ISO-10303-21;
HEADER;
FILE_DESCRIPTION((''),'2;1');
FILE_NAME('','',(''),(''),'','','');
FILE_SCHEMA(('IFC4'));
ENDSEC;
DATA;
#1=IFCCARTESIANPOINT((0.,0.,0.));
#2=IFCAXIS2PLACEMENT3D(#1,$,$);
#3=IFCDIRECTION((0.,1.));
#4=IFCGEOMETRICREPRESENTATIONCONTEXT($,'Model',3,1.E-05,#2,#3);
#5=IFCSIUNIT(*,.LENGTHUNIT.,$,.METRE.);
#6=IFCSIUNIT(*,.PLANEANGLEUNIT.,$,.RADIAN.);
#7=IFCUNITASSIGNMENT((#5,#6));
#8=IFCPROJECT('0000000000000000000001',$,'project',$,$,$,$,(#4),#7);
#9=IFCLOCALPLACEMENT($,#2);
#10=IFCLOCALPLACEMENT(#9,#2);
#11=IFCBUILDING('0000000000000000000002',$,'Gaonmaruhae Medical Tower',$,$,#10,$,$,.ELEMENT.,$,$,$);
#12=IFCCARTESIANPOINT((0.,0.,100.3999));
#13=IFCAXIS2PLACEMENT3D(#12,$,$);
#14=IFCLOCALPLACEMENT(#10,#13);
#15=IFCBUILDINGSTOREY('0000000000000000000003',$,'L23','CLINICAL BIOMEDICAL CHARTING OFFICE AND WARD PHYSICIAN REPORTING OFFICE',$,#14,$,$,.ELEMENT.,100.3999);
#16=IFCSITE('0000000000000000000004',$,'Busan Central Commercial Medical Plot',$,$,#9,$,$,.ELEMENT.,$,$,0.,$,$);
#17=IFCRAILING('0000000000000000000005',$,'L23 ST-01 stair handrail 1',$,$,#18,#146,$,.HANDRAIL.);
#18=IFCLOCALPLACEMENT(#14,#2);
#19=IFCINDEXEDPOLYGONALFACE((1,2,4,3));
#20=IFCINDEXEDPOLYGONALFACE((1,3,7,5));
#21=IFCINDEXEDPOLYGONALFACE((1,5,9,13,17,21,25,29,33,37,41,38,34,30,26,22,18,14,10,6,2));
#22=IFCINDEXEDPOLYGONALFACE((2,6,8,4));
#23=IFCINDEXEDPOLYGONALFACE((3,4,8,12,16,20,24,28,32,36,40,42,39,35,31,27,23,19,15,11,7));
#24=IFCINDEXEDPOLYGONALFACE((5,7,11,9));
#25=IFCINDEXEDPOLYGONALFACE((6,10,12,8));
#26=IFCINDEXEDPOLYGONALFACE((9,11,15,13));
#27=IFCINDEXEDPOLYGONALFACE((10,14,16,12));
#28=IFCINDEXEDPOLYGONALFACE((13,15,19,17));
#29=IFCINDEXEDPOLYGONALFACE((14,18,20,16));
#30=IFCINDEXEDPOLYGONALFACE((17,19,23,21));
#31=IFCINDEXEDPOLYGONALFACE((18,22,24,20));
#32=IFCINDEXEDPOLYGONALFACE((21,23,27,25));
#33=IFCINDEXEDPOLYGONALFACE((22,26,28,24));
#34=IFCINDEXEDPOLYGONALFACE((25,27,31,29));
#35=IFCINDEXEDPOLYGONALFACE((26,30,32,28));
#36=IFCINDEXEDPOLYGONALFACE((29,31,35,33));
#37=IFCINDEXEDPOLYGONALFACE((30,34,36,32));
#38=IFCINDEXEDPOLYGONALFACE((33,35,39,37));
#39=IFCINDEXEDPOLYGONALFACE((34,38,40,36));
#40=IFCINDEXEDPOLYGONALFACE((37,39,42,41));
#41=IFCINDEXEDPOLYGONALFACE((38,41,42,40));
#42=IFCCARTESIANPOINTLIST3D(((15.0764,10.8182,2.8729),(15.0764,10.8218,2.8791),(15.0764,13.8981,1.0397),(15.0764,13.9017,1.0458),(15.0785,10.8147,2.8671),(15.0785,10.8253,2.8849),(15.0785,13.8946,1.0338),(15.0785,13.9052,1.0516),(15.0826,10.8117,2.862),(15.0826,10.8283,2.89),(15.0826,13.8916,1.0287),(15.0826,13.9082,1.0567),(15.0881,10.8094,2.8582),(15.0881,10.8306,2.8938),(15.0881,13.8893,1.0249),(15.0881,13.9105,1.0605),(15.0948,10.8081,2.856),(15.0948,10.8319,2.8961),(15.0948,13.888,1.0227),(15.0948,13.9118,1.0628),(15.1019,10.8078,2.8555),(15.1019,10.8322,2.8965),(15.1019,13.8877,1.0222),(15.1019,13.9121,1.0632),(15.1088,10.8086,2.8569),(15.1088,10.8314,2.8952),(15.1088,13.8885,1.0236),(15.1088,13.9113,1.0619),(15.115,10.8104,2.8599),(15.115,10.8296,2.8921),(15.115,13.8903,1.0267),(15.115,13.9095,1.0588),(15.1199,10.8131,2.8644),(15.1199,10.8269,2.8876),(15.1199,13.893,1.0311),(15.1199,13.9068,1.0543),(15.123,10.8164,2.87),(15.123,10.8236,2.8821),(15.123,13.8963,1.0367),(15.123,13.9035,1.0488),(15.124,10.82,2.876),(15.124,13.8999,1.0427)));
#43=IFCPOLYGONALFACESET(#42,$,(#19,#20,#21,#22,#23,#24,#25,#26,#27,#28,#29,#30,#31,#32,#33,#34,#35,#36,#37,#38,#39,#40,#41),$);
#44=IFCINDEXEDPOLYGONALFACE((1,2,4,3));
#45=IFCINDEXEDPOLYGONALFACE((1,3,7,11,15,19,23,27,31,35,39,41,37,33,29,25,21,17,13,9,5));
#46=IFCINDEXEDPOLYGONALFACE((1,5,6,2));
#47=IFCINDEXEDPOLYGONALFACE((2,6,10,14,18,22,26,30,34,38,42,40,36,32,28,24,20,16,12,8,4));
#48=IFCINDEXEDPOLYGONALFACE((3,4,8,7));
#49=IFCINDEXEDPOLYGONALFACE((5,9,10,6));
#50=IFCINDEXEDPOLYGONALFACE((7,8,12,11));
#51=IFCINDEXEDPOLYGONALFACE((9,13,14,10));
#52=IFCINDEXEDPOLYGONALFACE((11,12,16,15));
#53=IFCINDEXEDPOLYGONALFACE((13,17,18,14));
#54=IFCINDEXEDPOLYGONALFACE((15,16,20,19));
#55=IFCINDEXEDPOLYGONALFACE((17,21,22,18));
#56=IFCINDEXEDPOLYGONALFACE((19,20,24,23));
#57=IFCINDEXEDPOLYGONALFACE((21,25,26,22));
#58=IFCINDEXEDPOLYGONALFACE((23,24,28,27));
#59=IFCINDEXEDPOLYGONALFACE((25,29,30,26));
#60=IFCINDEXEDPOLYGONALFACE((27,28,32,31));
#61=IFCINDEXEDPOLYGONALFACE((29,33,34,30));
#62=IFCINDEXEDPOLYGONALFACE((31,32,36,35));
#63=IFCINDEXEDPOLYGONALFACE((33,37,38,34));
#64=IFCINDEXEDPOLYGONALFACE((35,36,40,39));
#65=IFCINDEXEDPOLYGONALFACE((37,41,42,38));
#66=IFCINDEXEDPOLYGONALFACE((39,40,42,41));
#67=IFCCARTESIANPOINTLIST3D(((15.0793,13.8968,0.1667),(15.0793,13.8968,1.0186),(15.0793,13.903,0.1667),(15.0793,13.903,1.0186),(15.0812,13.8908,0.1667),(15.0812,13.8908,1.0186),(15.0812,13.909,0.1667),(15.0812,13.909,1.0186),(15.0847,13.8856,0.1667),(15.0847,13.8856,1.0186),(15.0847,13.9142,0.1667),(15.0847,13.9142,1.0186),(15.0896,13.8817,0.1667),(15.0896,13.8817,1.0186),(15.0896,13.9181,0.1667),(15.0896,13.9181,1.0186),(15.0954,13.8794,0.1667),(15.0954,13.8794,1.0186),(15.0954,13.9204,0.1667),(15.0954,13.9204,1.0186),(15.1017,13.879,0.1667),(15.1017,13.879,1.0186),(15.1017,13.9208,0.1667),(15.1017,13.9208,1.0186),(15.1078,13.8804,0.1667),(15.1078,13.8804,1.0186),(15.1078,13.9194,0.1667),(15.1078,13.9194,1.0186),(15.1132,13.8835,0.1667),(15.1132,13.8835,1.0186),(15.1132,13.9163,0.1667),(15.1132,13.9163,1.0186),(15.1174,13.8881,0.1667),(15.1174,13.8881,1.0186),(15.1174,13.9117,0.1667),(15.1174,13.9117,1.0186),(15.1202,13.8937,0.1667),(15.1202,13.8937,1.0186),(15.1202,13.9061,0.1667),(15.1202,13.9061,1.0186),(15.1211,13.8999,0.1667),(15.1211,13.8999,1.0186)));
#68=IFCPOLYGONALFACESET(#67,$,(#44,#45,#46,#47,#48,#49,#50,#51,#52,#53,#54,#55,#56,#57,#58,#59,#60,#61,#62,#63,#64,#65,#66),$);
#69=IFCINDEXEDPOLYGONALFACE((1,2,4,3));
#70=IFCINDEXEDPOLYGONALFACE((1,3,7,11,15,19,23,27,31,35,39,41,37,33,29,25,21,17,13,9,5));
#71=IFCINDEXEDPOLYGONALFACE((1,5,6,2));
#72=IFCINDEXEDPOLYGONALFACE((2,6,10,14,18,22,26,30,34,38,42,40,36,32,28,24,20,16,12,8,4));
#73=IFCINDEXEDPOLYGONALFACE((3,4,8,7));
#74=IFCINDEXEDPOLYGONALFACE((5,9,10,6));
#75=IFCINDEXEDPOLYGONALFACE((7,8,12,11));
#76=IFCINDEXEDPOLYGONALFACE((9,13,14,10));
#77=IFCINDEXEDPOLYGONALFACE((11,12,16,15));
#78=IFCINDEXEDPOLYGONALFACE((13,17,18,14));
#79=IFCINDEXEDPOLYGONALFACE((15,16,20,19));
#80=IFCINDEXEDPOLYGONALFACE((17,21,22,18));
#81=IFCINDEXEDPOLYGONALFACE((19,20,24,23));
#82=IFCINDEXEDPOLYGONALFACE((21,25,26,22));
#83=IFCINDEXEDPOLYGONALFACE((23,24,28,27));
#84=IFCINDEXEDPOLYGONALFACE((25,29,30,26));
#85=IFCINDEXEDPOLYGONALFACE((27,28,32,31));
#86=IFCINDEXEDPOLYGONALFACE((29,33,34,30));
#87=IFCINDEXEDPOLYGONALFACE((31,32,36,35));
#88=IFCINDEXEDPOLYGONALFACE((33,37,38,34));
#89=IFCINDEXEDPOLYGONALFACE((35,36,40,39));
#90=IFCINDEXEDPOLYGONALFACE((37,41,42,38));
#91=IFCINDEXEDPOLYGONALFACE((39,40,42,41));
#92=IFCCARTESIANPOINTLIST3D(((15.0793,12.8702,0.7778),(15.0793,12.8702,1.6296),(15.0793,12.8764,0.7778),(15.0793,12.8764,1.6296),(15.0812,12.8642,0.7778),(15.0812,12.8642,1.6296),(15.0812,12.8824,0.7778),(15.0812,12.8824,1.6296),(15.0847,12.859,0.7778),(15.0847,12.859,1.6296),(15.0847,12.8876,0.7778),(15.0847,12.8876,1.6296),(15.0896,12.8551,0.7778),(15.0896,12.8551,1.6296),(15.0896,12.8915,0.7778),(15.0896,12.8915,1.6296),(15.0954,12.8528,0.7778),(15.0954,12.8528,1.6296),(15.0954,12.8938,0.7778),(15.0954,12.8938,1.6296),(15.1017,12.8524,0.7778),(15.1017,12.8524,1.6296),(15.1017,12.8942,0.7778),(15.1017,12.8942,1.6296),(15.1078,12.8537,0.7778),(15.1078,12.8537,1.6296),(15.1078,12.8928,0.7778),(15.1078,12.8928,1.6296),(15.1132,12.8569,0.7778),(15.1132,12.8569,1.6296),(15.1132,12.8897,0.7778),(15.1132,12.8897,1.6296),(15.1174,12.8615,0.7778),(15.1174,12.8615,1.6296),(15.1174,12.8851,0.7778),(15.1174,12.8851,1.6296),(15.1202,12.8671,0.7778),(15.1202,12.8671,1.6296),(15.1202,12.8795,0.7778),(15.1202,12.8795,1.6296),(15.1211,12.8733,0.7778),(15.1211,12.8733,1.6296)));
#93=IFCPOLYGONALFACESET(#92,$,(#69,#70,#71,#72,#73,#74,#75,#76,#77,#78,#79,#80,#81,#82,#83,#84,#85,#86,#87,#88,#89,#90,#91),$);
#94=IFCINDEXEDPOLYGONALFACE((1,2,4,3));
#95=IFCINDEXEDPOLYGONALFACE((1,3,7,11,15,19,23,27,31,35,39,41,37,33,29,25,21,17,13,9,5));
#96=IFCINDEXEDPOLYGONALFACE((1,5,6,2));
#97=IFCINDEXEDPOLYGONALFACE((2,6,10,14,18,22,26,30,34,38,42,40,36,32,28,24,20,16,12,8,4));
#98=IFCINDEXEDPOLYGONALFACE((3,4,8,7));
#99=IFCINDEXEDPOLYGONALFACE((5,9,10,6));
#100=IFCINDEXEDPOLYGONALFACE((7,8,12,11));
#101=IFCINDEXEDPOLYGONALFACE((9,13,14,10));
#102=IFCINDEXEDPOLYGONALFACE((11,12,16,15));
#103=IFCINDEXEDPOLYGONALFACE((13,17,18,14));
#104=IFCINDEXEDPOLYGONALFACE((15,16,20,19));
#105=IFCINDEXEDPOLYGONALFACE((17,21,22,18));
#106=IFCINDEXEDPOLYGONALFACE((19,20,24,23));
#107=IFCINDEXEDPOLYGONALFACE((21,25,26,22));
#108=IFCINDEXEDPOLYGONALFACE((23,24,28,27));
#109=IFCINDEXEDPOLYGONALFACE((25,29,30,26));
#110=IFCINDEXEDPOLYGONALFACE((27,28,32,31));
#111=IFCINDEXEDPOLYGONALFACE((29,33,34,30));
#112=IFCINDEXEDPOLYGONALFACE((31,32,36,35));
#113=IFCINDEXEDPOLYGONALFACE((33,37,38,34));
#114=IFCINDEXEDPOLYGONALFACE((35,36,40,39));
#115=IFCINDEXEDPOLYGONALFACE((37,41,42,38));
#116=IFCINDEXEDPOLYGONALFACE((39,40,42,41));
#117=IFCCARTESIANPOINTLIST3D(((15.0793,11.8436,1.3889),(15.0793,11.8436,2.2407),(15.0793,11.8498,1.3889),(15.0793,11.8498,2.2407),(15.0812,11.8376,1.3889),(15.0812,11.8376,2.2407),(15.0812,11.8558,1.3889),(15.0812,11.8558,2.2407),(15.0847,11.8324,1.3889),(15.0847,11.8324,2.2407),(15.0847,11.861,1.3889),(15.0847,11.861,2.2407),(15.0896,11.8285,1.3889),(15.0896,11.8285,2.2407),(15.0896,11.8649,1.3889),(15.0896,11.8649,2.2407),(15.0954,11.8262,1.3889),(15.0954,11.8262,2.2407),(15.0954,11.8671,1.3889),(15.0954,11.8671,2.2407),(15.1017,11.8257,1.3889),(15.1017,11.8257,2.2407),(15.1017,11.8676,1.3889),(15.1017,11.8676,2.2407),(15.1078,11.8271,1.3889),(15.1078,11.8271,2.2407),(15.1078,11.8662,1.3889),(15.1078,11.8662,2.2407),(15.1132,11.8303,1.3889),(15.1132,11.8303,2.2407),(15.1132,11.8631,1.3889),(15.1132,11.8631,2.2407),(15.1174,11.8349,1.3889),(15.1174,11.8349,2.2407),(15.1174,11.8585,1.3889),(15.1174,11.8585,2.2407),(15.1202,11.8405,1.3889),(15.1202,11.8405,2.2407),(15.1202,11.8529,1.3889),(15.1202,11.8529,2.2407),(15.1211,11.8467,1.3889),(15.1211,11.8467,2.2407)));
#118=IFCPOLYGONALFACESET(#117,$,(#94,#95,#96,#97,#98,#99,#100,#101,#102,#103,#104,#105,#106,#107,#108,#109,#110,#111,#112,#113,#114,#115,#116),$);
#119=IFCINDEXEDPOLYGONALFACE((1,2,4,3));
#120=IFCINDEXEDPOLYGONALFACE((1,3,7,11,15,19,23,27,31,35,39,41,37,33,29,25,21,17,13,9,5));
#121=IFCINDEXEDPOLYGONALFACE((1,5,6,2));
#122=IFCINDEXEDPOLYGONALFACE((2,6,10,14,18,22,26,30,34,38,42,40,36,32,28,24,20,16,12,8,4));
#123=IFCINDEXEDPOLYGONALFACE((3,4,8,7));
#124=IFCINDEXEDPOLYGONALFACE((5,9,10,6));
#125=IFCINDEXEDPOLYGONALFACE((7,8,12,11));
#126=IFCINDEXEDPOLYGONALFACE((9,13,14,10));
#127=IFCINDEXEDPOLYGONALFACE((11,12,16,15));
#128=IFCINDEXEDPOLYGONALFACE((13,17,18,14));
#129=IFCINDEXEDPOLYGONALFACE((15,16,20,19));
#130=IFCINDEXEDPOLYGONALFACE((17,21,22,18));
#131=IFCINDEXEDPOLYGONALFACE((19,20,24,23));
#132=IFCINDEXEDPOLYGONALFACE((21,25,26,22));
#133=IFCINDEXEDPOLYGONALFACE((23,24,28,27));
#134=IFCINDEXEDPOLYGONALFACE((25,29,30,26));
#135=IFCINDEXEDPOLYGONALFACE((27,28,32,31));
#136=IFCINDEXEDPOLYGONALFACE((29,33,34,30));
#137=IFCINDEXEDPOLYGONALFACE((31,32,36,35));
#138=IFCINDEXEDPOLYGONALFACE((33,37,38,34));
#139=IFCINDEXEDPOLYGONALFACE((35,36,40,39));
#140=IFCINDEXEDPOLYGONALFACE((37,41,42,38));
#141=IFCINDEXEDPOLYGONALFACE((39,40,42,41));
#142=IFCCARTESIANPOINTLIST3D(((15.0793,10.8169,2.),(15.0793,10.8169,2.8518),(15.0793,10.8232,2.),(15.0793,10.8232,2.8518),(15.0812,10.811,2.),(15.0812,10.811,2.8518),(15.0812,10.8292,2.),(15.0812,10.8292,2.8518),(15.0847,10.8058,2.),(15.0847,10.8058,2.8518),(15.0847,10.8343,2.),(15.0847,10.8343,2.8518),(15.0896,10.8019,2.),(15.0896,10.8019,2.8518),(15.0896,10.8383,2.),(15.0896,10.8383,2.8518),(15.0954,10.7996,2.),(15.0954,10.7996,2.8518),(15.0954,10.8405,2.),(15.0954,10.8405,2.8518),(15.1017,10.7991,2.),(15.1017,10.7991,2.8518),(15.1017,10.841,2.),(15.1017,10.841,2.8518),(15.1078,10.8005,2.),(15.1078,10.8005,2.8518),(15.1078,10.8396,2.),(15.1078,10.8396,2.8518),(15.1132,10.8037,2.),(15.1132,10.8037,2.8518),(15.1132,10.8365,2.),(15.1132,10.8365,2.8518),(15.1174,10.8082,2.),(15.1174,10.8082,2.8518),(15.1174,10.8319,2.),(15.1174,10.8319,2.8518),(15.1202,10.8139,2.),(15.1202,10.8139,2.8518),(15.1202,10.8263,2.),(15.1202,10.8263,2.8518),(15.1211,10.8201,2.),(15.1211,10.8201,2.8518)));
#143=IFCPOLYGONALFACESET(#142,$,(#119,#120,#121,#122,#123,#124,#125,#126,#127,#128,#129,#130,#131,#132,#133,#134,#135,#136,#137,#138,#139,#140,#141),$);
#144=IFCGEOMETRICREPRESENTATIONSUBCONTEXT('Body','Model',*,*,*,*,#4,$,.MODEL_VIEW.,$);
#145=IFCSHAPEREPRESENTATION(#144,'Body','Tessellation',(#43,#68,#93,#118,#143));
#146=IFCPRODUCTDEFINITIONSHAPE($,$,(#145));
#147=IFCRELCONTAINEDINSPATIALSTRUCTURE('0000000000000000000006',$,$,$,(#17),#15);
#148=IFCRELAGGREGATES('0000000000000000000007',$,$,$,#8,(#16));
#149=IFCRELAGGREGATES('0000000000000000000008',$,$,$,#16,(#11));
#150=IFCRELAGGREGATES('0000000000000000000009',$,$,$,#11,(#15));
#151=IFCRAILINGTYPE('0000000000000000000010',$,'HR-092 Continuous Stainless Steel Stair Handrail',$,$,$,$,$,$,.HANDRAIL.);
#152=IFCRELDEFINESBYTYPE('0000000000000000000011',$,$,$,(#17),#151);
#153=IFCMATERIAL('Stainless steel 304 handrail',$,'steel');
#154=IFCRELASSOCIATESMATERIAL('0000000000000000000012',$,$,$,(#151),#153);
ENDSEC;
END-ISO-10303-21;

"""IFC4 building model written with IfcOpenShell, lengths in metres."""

from ifc_helpers import new_model, si_unit, direction, frame, origin, origin_2d, place, context, subcontext, project, spatial, circle, extrude, material, type_object, element, save


model = new_model("IFC4")

# Units and contexts
model_context = context("Model", 3, precision=1e-05, world=origin(), true_north=direction((0.0, 1.0)))
body_context = subcontext(model_context, "Body", "Model", "MODEL_VIEW")
ifc_project = project(units=[si_unit("LENGTHUNIT", "METRE"), si_unit("PLANEANGLEUNIT", "RADIAN")], contexts=[model_context])

# Site, building, storey
site_placement = place(None, origin())
site = spatial("IfcSite", under=ifc_project, at=site_placement, Name="Busan Central Commercial Medical Plot", CompositionType="ELEMENT", RefElevation=0.0)
building_placement = place(site_placement, origin())
building = spatial("IfcBuilding", under=site, at=building_placement, Name="Gaonmaruhae Medical Tower", CompositionType="ELEMENT")
storey_placement = place(building_placement, frame((0.0, 0.0, 100.3999)))
storey = spatial("IfcBuildingStorey", under=building, at=storey_placement, Name="L23", Description="CLINICAL BIOMEDICAL CHARTING OFFICE AND WARD PHYSICIAN REPORTING OFFICE", CompositionType="ELEMENT", Elevation=100.3999)

# Railing
ifc_material_1 = material(Name="Stainless steel 304 handrail", Category="steel")
railing_type_1 = type_object("IfcRailingType", Name="HR-092 Continuous Stainless Steel Stair Handrail", PredefinedType="HANDRAIL", material=ifc_material_1)
railing_1_placement = place(storey_placement, frame((15.1001, 13.8999, 0.1667)))
element("IfcRailing", 1, at=railing_1_placement, inside=storey, type_object=railing_type_1, Name="L23 ST-01 stair handrail 1", PredefinedType="HANDRAIL", context=body_context, shape_type="SweptSolid", body=[
    extrude(circle(Radius=0.0239, at=origin_2d()), frame((0.0, 0.0, 0.876), z_axis=(0.0, -0.859291, 0.511487), x_axis=(1.0, 0.0, 0.0)), (0.0, 0.0, 1.0), 3.5842),
    extrude(circle(Radius=0.021, at=origin_2d()), origin(), (0.0, 0.0, 1.0), 0.8518),
    extrude(circle(Radius=0.021, at=origin_2d()), frame((0.0, -1.0266, 0.6111)), (0.0, 0.0, 1.0), 0.8518),
    extrude(circle(Radius=0.021, at=origin_2d()), frame((0.0, -2.0532, 1.2222)), (0.0, 0.0, 1.0), 0.8518),
    extrude(circle(Radius=0.021, at=origin_2d()), frame((0.0, -3.0798, 1.8333)), (0.0, 0.0, 1.0), 0.8518),
])

save(model, "model.ifc")
